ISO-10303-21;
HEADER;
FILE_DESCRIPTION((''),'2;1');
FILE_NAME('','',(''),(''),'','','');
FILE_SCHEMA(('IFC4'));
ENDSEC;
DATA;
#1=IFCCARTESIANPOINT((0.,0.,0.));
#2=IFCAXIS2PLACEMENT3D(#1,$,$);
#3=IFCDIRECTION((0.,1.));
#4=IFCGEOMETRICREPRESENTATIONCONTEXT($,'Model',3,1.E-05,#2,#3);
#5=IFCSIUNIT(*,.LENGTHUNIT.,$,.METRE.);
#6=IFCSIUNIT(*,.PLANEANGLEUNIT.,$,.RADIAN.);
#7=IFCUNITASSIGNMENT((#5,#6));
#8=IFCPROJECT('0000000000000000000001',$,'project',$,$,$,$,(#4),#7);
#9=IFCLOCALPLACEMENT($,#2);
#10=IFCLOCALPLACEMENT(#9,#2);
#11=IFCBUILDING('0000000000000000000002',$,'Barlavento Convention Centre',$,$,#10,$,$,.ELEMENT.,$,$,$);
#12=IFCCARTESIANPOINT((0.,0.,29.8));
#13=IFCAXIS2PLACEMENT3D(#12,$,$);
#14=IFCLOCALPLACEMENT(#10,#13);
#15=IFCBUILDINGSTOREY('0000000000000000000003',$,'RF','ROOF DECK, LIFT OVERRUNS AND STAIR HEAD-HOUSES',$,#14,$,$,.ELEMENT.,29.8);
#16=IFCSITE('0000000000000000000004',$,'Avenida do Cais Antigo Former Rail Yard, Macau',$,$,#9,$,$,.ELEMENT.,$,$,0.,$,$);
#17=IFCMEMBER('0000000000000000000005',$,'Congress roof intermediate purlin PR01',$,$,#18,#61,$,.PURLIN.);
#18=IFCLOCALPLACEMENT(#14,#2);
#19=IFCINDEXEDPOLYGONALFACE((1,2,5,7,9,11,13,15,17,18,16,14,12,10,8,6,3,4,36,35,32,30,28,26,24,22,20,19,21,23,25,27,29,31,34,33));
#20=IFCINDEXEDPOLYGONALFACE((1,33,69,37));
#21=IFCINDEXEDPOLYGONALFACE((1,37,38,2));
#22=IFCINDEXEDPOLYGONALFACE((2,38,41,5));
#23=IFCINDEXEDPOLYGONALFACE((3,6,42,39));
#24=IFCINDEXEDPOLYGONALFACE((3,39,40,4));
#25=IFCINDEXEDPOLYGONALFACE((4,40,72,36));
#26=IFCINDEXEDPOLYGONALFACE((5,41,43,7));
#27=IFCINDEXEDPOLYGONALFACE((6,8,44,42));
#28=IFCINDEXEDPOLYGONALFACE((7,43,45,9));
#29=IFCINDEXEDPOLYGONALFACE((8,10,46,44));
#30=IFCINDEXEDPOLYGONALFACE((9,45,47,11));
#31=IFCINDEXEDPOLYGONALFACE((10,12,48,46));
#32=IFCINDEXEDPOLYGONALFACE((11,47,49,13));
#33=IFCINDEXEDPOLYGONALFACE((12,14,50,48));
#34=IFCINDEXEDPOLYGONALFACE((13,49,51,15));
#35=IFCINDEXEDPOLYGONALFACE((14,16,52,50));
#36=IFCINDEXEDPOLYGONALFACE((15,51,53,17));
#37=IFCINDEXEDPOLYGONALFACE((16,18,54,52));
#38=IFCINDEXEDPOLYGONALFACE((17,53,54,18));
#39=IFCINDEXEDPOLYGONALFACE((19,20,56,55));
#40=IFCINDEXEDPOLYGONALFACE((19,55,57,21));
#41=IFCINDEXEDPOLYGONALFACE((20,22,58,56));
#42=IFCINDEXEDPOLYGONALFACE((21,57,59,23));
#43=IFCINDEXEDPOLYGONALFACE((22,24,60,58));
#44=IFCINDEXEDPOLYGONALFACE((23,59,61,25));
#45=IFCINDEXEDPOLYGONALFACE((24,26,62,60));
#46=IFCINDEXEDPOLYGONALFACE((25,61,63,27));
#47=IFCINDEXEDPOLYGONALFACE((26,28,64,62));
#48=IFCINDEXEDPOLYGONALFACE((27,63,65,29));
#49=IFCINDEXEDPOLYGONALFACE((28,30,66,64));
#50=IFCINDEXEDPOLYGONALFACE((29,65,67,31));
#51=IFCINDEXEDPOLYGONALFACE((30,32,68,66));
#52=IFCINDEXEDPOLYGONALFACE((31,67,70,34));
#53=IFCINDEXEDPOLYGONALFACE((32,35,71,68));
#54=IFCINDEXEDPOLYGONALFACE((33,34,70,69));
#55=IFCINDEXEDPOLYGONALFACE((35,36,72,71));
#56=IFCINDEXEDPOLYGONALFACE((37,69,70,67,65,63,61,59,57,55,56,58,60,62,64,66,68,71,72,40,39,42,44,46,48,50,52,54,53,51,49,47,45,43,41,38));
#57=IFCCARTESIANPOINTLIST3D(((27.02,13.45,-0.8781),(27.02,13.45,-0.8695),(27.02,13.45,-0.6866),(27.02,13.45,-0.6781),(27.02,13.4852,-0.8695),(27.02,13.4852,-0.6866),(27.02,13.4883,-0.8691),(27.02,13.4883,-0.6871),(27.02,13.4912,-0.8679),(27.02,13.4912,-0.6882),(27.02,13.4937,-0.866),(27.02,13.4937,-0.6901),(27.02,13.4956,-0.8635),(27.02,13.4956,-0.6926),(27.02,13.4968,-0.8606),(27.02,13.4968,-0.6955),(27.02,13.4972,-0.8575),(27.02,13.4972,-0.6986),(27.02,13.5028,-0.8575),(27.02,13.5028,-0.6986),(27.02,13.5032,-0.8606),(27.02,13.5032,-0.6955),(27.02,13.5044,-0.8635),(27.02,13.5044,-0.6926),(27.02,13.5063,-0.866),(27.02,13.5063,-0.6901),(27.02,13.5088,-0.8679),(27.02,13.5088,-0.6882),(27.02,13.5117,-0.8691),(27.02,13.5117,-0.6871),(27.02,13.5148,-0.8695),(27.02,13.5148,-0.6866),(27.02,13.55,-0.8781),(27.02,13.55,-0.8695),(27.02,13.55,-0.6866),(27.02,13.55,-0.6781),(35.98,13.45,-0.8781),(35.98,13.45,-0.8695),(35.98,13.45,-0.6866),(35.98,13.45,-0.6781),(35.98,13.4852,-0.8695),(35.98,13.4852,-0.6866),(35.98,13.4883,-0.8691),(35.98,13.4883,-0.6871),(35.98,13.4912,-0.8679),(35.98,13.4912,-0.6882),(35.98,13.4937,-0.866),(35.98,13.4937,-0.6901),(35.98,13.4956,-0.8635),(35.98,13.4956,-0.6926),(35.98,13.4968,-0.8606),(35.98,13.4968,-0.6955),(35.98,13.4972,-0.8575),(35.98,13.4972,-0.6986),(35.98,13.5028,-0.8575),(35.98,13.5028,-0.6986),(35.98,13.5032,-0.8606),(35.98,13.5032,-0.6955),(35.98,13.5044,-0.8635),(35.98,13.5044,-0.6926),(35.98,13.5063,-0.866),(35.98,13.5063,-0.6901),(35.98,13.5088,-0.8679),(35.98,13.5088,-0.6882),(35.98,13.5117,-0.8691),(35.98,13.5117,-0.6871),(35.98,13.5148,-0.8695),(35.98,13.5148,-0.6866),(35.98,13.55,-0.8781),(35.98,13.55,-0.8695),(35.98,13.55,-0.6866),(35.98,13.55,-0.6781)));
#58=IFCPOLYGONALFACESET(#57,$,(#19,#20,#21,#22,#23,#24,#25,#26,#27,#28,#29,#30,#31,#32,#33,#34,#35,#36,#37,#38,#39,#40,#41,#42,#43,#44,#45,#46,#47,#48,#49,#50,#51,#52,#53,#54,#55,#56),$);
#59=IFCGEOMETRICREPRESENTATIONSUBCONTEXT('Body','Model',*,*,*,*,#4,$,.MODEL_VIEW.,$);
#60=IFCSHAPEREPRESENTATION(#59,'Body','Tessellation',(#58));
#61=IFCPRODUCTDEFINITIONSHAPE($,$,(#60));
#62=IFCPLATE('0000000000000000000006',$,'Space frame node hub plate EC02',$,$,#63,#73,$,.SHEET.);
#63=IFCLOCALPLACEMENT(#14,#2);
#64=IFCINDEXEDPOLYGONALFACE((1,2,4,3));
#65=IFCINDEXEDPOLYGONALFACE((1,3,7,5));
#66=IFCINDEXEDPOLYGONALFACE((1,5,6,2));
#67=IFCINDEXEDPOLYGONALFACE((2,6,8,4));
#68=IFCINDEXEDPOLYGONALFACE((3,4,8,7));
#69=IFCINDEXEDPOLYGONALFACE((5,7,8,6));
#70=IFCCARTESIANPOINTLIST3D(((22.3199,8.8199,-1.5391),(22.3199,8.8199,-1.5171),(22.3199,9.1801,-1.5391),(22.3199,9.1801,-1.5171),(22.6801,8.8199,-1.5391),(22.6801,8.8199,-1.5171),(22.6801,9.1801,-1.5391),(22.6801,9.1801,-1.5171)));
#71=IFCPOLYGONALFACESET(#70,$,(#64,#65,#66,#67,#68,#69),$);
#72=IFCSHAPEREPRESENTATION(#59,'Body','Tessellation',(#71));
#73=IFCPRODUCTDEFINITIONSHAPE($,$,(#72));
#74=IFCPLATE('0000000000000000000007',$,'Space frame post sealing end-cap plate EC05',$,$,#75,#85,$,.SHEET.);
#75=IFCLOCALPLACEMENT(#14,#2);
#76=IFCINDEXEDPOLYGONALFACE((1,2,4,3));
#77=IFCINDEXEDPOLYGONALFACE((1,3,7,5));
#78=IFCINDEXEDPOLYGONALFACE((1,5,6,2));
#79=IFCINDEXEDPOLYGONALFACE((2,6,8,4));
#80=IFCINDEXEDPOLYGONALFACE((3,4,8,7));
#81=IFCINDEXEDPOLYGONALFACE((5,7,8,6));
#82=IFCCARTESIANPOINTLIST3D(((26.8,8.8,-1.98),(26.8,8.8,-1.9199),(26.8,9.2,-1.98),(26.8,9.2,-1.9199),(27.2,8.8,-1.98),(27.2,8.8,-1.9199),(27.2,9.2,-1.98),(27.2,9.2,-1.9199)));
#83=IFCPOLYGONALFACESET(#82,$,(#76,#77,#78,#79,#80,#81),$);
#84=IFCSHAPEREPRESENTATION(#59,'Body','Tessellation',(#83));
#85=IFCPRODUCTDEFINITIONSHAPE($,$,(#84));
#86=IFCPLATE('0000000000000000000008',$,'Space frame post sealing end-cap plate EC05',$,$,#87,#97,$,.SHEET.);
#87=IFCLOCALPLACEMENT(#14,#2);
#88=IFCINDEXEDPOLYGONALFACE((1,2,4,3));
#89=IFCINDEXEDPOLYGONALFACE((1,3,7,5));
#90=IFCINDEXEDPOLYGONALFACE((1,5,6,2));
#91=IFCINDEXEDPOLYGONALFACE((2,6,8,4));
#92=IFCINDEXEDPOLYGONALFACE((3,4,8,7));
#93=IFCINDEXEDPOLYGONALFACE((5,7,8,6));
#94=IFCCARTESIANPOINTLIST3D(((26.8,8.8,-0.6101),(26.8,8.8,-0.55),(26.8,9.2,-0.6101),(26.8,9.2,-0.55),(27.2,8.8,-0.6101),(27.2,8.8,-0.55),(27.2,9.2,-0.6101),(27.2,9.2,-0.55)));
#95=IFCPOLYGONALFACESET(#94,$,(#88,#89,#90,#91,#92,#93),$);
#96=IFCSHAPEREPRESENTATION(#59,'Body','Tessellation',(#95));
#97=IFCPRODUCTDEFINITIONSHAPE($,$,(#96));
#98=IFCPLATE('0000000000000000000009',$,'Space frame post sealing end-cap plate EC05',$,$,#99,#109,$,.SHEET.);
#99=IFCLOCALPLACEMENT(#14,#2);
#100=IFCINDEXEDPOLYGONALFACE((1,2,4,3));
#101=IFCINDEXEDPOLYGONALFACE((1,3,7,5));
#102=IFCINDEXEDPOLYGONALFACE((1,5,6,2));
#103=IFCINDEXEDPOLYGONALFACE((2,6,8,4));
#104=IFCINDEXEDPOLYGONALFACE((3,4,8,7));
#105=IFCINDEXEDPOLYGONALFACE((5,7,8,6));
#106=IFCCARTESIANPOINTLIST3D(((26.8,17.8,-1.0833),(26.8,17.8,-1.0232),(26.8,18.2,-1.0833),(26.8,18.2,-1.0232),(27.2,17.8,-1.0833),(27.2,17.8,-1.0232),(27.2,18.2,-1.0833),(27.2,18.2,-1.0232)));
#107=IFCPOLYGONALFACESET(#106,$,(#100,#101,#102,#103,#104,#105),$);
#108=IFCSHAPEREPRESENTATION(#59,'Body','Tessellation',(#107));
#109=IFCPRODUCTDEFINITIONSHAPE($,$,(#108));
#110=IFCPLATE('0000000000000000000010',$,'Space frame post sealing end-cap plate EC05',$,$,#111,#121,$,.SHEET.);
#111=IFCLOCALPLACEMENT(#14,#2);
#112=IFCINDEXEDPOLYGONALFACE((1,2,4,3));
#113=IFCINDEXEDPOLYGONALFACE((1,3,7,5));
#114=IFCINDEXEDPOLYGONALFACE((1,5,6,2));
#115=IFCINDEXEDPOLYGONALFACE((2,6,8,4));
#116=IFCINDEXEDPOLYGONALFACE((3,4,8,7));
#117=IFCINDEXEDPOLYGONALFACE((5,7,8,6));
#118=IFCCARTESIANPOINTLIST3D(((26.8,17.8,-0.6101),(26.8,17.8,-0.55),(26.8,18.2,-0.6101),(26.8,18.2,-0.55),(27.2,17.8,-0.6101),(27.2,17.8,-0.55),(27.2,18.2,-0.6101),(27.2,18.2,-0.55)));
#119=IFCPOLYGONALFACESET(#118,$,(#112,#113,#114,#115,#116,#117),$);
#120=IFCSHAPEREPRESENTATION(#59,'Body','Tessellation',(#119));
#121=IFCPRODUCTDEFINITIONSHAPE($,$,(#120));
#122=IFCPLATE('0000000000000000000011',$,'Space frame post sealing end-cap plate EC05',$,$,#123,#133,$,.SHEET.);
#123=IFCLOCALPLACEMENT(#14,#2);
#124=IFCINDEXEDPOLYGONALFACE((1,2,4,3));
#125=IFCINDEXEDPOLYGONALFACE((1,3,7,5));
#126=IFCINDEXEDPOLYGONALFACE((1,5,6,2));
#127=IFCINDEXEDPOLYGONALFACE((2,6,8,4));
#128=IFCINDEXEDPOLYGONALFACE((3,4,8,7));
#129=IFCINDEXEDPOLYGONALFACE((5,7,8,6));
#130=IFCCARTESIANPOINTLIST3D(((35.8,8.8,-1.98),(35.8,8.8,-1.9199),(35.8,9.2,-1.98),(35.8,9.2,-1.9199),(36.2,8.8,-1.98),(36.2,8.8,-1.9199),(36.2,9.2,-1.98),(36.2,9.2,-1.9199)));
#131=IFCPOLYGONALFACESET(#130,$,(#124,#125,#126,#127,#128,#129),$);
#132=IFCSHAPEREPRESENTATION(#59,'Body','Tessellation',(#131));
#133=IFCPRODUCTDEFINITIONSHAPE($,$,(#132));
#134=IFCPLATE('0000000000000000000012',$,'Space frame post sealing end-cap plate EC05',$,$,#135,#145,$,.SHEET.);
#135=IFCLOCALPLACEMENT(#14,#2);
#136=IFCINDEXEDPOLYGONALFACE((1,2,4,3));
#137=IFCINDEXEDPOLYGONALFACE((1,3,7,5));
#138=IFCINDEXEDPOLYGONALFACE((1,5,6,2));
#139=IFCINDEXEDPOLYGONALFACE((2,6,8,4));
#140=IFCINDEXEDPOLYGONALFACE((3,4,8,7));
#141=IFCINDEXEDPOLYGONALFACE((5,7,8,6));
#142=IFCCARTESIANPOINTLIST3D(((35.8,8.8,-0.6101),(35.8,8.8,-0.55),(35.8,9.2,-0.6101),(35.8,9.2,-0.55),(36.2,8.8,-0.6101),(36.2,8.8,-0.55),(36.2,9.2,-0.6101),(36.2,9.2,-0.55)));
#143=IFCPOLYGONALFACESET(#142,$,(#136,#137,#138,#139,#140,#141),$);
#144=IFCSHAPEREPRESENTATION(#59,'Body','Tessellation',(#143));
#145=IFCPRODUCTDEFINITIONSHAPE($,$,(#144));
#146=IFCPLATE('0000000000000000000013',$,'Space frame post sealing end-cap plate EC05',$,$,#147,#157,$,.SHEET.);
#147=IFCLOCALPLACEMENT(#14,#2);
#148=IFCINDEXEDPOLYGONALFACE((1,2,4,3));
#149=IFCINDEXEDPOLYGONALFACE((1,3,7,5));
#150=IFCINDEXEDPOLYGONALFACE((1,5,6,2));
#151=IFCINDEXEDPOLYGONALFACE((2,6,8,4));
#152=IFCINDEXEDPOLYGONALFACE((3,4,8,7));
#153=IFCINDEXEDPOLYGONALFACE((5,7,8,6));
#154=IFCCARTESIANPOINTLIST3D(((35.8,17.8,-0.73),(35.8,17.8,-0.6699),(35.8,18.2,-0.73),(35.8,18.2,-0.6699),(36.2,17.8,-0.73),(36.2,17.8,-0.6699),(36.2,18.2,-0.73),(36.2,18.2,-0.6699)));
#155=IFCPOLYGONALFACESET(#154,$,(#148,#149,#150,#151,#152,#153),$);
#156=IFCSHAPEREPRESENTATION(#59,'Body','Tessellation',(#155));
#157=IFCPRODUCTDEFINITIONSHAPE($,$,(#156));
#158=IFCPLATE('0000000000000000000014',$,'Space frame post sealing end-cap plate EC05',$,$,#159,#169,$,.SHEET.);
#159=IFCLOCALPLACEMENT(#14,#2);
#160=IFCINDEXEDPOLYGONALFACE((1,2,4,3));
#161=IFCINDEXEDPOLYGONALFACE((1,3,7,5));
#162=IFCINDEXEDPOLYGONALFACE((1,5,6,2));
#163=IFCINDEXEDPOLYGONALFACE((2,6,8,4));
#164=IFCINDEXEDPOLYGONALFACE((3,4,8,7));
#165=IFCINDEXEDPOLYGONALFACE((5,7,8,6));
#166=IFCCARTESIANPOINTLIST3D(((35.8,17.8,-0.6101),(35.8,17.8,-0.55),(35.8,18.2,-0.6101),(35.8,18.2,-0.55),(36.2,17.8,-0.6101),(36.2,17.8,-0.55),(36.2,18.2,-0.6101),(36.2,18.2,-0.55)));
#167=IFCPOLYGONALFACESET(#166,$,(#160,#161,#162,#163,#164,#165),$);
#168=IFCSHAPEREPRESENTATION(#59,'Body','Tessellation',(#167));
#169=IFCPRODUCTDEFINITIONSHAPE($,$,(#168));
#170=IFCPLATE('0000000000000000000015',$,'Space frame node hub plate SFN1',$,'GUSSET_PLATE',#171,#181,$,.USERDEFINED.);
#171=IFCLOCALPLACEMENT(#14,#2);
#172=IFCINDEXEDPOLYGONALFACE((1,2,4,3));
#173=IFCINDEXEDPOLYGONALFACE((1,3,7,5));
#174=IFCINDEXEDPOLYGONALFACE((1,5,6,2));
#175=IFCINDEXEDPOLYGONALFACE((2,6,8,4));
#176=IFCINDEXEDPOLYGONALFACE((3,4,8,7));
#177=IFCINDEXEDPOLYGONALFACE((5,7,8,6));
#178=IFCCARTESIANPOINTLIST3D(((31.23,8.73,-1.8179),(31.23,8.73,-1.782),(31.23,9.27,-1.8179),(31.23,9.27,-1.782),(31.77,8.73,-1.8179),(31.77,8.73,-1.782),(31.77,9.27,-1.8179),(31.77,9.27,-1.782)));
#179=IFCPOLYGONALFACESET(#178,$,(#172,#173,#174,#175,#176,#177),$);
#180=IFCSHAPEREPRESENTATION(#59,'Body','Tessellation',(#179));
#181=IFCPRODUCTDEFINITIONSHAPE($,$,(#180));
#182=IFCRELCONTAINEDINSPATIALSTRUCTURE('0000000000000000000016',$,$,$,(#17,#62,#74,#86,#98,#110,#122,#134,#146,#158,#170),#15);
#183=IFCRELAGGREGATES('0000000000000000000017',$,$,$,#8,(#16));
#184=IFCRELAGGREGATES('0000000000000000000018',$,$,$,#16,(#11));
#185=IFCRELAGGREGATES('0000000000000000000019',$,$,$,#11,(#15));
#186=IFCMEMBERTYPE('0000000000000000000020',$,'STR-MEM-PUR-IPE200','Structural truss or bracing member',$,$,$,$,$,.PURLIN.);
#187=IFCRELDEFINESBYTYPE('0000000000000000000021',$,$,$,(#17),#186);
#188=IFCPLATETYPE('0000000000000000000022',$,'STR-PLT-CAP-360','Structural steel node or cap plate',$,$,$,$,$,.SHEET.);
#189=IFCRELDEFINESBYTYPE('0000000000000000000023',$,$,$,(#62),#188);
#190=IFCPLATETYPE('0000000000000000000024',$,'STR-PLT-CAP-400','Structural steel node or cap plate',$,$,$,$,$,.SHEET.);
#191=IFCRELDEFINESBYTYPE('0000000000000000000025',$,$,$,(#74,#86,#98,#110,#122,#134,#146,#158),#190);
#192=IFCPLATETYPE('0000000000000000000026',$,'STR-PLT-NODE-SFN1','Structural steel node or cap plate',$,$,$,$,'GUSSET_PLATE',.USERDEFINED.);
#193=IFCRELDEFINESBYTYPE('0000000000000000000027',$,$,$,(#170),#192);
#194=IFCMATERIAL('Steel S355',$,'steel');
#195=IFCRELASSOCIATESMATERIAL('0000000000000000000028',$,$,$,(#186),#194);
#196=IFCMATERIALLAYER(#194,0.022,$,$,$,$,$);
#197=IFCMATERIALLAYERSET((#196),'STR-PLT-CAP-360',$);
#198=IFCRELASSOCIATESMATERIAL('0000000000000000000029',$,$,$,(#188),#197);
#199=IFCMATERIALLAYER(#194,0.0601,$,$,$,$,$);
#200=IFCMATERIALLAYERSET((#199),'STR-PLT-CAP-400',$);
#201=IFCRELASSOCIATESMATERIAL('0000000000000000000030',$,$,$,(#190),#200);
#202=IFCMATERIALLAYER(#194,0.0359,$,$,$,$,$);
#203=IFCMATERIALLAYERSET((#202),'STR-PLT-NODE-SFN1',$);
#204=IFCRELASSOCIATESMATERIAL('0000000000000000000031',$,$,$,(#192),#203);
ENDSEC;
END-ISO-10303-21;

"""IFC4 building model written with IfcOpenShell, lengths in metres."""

from ifc_helpers import new_model, si_unit, direction, frame, origin, origin_2d, place, context, subcontext, project, spatial, rectangle, i_section, extrude, material, layer, layer_set, material_profile, profile_set, type_object, element, save


model = new_model("IFC4")

# Units and contexts
model_context = context("Model", 3, precision=1e-05, world=origin(), true_north=direction((0.0, 1.0)))
body_context = subcontext(model_context, "Body", "Model", "MODEL_VIEW")
ifc_project = project(units=[si_unit("LENGTHUNIT", "METRE"), si_unit("PLANEANGLEUNIT", "RADIAN")], contexts=[model_context])

# Site, building, storey
site_placement = place(None, origin())
site = spatial("IfcSite", under=ifc_project, at=site_placement, Name="Avenida do Cais Antigo Former Rail Yard, Macau", CompositionType="ELEMENT", RefElevation=0.0)
building_placement = place(site_placement, origin())
building = spatial("IfcBuilding", under=site, at=building_placement, Name="Barlavento Convention Centre", CompositionType="ELEMENT")
storey_placement = place(building_placement, frame((0.0, 0.0, 29.8)))
storey = spatial("IfcBuildingStorey", under=building, at=storey_placement, Name="RF", Description="ROOF DECK, LIFT OVERRUNS AND STAIR HEAD-HOUSES", CompositionType="ELEMENT", Elevation=29.8)

# Member
ifc_material_1 = material(Name="Steel S355", Category="steel")
ifc_material_profile_1 = material_profile(ifc_material_1, i_section(OverallWidth=0.1001, OverallDepth=0.2, WebThickness=0.0056, FlangeThickness=0.0085, FilletRadius=0.012, at=origin_2d()), Name="IPE 200")
ifc_profile_set_1 = profile_set([ifc_material_profile_1], Name="Steel S355")
member_type_1 = type_object("IfcMemberType", Name="STR-MEM-PUR-IPE200", Description="Structural truss or bracing member", PredefinedType="PURLIN", material=ifc_profile_set_1)
member_1_placement = place(storey_placement, frame((27.02, 13.5, -0.7781), z_axis=(1.0, 0.0, 0.0), x_axis=(0.0, 1.0, 0.0)))
element("IfcMember", 1, at=member_1_placement, inside=storey, type_object=member_type_1, Name="Congress roof intermediate purlin PR01", PredefinedType="PURLIN", context=body_context, shape_type="SweptSolid", body=[
    extrude(i_section(OverallWidth=0.1001, OverallDepth=0.2, WebThickness=0.0056, FlangeThickness=0.0085, FilletRadius=0.012, at=origin_2d()), origin(), (0.0, 0.0, 1.0), 8.96),
])

# Plates
ifc_layer_1 = layer(ifc_material_1, 0.022)
ifc_layer_set_1 = layer_set([ifc_layer_1], Name="STR-PLT-CAP-360")
plate_type_1 = type_object("IfcPlateType", Name="STR-PLT-CAP-360", Description="Structural steel node or cap plate", PredefinedType="SHEET", material=ifc_layer_set_1)
plate_1_placement = place(storey_placement, frame((22.5, 9.0, -1.5391), z_axis=(0.0, 0.0, 1.0), x_axis=(1.0, 0.0, 0.0)))
element("IfcPlate", 2, at=plate_1_placement, inside=storey, type_object=plate_type_1, Name="Space frame node hub plate EC02", PredefinedType="SHEET", context=body_context, shape_type="SweptSolid", body=[
    extrude(rectangle(XDim=0.3601, YDim=0.3601, at=origin_2d()), origin(), (0.0, 0.0, 1.0), 0.022),
])
ifc_layer_2 = layer(ifc_material_1, 0.0601)
ifc_layer_set_2 = layer_set([ifc_layer_2], Name="STR-PLT-CAP-400")
plate_type_2 = type_object("IfcPlateType", Name="STR-PLT-CAP-400", Description="Structural steel node or cap plate", PredefinedType="SHEET", material=ifc_layer_set_2)
for number, where, z_axis, x_axis, name in (
    (3, (27.0, 9.0, -1.98), (0.0, 0.0, 1.0), (1.0, 0.0, 0.0), "Space frame post sealing end-cap plate EC05"),
    (4, (27.0, 9.0, -0.6101), (0.0, 0.0, 1.0), (1.0, 0.0, 0.0), "Space frame post sealing end-cap plate EC05"),
    (5, (27.0, 18.0, -1.0833), (0.0, 0.0, 1.0), (1.0, 0.0, 0.0), "Space frame post sealing end-cap plate EC05"),
    (6, (27.0, 18.0, -0.6101), (0.0, 0.0, 1.0), (1.0, 0.0, 0.0), "Space frame post sealing end-cap plate EC05"),
    (7, (36.0, 9.0, -1.98), (0.0, 0.0, 1.0), (1.0, 0.0, 0.0), "Space frame post sealing end-cap plate EC05"),
    (8, (36.0, 9.0, -0.6101), (0.0, 0.0, 1.0), (1.0, 0.0, 0.0), "Space frame post sealing end-cap plate EC05"),
    (9, (36.0, 18.0, -0.73), (0.0, 0.0, 1.0), (1.0, 0.0, 0.0), "Space frame post sealing end-cap plate EC05"),
    (10, (36.0, 18.0, -0.6101), (0.0, 0.0, 1.0), (1.0, 0.0, 0.0), "Space frame post sealing end-cap plate EC05"),
):
    element("IfcPlate", number, at=place(storey_placement, frame(where, z_axis=z_axis, x_axis=x_axis)), inside=storey, type_object=plate_type_2, Name=name, PredefinedType="SHEET", context=body_context, shape_type="SweptSolid", body=[
        extrude(rectangle(XDim=0.3999, YDim=0.3999, at=origin_2d()), origin(), (0.0, 0.0, 1.0), 0.0601),
    ])
ifc_layer_3 = layer(ifc_material_1, 0.0359)
ifc_layer_set_3 = layer_set([ifc_layer_3], Name="STR-PLT-NODE-SFN1")
plate_type_3 = type_object("IfcPlateType", Name="STR-PLT-NODE-SFN1", Description="Structural steel node or cap plate", ElementType="GUSSET_PLATE", PredefinedType="USERDEFINED", material=ifc_layer_set_3)
plate_2_placement = place(storey_placement, frame((31.5, 9.0, -1.8179), z_axis=(0.0, 0.0, 1.0), x_axis=(1.0, 0.0, 0.0)))
element("IfcPlate", 11, at=plate_2_placement, inside=storey, type_object=plate_type_3, Name="Space frame node hub plate SFN1", ObjectType="GUSSET_PLATE", PredefinedType="USERDEFINED", context=body_context, shape_type="SweptSolid", body=[
    extrude(rectangle(XDim=0.54, YDim=0.54, at=origin_2d()), origin(), (0.0, 0.0, 1.0), 0.0359),
])

save(model, "model.ifc")
